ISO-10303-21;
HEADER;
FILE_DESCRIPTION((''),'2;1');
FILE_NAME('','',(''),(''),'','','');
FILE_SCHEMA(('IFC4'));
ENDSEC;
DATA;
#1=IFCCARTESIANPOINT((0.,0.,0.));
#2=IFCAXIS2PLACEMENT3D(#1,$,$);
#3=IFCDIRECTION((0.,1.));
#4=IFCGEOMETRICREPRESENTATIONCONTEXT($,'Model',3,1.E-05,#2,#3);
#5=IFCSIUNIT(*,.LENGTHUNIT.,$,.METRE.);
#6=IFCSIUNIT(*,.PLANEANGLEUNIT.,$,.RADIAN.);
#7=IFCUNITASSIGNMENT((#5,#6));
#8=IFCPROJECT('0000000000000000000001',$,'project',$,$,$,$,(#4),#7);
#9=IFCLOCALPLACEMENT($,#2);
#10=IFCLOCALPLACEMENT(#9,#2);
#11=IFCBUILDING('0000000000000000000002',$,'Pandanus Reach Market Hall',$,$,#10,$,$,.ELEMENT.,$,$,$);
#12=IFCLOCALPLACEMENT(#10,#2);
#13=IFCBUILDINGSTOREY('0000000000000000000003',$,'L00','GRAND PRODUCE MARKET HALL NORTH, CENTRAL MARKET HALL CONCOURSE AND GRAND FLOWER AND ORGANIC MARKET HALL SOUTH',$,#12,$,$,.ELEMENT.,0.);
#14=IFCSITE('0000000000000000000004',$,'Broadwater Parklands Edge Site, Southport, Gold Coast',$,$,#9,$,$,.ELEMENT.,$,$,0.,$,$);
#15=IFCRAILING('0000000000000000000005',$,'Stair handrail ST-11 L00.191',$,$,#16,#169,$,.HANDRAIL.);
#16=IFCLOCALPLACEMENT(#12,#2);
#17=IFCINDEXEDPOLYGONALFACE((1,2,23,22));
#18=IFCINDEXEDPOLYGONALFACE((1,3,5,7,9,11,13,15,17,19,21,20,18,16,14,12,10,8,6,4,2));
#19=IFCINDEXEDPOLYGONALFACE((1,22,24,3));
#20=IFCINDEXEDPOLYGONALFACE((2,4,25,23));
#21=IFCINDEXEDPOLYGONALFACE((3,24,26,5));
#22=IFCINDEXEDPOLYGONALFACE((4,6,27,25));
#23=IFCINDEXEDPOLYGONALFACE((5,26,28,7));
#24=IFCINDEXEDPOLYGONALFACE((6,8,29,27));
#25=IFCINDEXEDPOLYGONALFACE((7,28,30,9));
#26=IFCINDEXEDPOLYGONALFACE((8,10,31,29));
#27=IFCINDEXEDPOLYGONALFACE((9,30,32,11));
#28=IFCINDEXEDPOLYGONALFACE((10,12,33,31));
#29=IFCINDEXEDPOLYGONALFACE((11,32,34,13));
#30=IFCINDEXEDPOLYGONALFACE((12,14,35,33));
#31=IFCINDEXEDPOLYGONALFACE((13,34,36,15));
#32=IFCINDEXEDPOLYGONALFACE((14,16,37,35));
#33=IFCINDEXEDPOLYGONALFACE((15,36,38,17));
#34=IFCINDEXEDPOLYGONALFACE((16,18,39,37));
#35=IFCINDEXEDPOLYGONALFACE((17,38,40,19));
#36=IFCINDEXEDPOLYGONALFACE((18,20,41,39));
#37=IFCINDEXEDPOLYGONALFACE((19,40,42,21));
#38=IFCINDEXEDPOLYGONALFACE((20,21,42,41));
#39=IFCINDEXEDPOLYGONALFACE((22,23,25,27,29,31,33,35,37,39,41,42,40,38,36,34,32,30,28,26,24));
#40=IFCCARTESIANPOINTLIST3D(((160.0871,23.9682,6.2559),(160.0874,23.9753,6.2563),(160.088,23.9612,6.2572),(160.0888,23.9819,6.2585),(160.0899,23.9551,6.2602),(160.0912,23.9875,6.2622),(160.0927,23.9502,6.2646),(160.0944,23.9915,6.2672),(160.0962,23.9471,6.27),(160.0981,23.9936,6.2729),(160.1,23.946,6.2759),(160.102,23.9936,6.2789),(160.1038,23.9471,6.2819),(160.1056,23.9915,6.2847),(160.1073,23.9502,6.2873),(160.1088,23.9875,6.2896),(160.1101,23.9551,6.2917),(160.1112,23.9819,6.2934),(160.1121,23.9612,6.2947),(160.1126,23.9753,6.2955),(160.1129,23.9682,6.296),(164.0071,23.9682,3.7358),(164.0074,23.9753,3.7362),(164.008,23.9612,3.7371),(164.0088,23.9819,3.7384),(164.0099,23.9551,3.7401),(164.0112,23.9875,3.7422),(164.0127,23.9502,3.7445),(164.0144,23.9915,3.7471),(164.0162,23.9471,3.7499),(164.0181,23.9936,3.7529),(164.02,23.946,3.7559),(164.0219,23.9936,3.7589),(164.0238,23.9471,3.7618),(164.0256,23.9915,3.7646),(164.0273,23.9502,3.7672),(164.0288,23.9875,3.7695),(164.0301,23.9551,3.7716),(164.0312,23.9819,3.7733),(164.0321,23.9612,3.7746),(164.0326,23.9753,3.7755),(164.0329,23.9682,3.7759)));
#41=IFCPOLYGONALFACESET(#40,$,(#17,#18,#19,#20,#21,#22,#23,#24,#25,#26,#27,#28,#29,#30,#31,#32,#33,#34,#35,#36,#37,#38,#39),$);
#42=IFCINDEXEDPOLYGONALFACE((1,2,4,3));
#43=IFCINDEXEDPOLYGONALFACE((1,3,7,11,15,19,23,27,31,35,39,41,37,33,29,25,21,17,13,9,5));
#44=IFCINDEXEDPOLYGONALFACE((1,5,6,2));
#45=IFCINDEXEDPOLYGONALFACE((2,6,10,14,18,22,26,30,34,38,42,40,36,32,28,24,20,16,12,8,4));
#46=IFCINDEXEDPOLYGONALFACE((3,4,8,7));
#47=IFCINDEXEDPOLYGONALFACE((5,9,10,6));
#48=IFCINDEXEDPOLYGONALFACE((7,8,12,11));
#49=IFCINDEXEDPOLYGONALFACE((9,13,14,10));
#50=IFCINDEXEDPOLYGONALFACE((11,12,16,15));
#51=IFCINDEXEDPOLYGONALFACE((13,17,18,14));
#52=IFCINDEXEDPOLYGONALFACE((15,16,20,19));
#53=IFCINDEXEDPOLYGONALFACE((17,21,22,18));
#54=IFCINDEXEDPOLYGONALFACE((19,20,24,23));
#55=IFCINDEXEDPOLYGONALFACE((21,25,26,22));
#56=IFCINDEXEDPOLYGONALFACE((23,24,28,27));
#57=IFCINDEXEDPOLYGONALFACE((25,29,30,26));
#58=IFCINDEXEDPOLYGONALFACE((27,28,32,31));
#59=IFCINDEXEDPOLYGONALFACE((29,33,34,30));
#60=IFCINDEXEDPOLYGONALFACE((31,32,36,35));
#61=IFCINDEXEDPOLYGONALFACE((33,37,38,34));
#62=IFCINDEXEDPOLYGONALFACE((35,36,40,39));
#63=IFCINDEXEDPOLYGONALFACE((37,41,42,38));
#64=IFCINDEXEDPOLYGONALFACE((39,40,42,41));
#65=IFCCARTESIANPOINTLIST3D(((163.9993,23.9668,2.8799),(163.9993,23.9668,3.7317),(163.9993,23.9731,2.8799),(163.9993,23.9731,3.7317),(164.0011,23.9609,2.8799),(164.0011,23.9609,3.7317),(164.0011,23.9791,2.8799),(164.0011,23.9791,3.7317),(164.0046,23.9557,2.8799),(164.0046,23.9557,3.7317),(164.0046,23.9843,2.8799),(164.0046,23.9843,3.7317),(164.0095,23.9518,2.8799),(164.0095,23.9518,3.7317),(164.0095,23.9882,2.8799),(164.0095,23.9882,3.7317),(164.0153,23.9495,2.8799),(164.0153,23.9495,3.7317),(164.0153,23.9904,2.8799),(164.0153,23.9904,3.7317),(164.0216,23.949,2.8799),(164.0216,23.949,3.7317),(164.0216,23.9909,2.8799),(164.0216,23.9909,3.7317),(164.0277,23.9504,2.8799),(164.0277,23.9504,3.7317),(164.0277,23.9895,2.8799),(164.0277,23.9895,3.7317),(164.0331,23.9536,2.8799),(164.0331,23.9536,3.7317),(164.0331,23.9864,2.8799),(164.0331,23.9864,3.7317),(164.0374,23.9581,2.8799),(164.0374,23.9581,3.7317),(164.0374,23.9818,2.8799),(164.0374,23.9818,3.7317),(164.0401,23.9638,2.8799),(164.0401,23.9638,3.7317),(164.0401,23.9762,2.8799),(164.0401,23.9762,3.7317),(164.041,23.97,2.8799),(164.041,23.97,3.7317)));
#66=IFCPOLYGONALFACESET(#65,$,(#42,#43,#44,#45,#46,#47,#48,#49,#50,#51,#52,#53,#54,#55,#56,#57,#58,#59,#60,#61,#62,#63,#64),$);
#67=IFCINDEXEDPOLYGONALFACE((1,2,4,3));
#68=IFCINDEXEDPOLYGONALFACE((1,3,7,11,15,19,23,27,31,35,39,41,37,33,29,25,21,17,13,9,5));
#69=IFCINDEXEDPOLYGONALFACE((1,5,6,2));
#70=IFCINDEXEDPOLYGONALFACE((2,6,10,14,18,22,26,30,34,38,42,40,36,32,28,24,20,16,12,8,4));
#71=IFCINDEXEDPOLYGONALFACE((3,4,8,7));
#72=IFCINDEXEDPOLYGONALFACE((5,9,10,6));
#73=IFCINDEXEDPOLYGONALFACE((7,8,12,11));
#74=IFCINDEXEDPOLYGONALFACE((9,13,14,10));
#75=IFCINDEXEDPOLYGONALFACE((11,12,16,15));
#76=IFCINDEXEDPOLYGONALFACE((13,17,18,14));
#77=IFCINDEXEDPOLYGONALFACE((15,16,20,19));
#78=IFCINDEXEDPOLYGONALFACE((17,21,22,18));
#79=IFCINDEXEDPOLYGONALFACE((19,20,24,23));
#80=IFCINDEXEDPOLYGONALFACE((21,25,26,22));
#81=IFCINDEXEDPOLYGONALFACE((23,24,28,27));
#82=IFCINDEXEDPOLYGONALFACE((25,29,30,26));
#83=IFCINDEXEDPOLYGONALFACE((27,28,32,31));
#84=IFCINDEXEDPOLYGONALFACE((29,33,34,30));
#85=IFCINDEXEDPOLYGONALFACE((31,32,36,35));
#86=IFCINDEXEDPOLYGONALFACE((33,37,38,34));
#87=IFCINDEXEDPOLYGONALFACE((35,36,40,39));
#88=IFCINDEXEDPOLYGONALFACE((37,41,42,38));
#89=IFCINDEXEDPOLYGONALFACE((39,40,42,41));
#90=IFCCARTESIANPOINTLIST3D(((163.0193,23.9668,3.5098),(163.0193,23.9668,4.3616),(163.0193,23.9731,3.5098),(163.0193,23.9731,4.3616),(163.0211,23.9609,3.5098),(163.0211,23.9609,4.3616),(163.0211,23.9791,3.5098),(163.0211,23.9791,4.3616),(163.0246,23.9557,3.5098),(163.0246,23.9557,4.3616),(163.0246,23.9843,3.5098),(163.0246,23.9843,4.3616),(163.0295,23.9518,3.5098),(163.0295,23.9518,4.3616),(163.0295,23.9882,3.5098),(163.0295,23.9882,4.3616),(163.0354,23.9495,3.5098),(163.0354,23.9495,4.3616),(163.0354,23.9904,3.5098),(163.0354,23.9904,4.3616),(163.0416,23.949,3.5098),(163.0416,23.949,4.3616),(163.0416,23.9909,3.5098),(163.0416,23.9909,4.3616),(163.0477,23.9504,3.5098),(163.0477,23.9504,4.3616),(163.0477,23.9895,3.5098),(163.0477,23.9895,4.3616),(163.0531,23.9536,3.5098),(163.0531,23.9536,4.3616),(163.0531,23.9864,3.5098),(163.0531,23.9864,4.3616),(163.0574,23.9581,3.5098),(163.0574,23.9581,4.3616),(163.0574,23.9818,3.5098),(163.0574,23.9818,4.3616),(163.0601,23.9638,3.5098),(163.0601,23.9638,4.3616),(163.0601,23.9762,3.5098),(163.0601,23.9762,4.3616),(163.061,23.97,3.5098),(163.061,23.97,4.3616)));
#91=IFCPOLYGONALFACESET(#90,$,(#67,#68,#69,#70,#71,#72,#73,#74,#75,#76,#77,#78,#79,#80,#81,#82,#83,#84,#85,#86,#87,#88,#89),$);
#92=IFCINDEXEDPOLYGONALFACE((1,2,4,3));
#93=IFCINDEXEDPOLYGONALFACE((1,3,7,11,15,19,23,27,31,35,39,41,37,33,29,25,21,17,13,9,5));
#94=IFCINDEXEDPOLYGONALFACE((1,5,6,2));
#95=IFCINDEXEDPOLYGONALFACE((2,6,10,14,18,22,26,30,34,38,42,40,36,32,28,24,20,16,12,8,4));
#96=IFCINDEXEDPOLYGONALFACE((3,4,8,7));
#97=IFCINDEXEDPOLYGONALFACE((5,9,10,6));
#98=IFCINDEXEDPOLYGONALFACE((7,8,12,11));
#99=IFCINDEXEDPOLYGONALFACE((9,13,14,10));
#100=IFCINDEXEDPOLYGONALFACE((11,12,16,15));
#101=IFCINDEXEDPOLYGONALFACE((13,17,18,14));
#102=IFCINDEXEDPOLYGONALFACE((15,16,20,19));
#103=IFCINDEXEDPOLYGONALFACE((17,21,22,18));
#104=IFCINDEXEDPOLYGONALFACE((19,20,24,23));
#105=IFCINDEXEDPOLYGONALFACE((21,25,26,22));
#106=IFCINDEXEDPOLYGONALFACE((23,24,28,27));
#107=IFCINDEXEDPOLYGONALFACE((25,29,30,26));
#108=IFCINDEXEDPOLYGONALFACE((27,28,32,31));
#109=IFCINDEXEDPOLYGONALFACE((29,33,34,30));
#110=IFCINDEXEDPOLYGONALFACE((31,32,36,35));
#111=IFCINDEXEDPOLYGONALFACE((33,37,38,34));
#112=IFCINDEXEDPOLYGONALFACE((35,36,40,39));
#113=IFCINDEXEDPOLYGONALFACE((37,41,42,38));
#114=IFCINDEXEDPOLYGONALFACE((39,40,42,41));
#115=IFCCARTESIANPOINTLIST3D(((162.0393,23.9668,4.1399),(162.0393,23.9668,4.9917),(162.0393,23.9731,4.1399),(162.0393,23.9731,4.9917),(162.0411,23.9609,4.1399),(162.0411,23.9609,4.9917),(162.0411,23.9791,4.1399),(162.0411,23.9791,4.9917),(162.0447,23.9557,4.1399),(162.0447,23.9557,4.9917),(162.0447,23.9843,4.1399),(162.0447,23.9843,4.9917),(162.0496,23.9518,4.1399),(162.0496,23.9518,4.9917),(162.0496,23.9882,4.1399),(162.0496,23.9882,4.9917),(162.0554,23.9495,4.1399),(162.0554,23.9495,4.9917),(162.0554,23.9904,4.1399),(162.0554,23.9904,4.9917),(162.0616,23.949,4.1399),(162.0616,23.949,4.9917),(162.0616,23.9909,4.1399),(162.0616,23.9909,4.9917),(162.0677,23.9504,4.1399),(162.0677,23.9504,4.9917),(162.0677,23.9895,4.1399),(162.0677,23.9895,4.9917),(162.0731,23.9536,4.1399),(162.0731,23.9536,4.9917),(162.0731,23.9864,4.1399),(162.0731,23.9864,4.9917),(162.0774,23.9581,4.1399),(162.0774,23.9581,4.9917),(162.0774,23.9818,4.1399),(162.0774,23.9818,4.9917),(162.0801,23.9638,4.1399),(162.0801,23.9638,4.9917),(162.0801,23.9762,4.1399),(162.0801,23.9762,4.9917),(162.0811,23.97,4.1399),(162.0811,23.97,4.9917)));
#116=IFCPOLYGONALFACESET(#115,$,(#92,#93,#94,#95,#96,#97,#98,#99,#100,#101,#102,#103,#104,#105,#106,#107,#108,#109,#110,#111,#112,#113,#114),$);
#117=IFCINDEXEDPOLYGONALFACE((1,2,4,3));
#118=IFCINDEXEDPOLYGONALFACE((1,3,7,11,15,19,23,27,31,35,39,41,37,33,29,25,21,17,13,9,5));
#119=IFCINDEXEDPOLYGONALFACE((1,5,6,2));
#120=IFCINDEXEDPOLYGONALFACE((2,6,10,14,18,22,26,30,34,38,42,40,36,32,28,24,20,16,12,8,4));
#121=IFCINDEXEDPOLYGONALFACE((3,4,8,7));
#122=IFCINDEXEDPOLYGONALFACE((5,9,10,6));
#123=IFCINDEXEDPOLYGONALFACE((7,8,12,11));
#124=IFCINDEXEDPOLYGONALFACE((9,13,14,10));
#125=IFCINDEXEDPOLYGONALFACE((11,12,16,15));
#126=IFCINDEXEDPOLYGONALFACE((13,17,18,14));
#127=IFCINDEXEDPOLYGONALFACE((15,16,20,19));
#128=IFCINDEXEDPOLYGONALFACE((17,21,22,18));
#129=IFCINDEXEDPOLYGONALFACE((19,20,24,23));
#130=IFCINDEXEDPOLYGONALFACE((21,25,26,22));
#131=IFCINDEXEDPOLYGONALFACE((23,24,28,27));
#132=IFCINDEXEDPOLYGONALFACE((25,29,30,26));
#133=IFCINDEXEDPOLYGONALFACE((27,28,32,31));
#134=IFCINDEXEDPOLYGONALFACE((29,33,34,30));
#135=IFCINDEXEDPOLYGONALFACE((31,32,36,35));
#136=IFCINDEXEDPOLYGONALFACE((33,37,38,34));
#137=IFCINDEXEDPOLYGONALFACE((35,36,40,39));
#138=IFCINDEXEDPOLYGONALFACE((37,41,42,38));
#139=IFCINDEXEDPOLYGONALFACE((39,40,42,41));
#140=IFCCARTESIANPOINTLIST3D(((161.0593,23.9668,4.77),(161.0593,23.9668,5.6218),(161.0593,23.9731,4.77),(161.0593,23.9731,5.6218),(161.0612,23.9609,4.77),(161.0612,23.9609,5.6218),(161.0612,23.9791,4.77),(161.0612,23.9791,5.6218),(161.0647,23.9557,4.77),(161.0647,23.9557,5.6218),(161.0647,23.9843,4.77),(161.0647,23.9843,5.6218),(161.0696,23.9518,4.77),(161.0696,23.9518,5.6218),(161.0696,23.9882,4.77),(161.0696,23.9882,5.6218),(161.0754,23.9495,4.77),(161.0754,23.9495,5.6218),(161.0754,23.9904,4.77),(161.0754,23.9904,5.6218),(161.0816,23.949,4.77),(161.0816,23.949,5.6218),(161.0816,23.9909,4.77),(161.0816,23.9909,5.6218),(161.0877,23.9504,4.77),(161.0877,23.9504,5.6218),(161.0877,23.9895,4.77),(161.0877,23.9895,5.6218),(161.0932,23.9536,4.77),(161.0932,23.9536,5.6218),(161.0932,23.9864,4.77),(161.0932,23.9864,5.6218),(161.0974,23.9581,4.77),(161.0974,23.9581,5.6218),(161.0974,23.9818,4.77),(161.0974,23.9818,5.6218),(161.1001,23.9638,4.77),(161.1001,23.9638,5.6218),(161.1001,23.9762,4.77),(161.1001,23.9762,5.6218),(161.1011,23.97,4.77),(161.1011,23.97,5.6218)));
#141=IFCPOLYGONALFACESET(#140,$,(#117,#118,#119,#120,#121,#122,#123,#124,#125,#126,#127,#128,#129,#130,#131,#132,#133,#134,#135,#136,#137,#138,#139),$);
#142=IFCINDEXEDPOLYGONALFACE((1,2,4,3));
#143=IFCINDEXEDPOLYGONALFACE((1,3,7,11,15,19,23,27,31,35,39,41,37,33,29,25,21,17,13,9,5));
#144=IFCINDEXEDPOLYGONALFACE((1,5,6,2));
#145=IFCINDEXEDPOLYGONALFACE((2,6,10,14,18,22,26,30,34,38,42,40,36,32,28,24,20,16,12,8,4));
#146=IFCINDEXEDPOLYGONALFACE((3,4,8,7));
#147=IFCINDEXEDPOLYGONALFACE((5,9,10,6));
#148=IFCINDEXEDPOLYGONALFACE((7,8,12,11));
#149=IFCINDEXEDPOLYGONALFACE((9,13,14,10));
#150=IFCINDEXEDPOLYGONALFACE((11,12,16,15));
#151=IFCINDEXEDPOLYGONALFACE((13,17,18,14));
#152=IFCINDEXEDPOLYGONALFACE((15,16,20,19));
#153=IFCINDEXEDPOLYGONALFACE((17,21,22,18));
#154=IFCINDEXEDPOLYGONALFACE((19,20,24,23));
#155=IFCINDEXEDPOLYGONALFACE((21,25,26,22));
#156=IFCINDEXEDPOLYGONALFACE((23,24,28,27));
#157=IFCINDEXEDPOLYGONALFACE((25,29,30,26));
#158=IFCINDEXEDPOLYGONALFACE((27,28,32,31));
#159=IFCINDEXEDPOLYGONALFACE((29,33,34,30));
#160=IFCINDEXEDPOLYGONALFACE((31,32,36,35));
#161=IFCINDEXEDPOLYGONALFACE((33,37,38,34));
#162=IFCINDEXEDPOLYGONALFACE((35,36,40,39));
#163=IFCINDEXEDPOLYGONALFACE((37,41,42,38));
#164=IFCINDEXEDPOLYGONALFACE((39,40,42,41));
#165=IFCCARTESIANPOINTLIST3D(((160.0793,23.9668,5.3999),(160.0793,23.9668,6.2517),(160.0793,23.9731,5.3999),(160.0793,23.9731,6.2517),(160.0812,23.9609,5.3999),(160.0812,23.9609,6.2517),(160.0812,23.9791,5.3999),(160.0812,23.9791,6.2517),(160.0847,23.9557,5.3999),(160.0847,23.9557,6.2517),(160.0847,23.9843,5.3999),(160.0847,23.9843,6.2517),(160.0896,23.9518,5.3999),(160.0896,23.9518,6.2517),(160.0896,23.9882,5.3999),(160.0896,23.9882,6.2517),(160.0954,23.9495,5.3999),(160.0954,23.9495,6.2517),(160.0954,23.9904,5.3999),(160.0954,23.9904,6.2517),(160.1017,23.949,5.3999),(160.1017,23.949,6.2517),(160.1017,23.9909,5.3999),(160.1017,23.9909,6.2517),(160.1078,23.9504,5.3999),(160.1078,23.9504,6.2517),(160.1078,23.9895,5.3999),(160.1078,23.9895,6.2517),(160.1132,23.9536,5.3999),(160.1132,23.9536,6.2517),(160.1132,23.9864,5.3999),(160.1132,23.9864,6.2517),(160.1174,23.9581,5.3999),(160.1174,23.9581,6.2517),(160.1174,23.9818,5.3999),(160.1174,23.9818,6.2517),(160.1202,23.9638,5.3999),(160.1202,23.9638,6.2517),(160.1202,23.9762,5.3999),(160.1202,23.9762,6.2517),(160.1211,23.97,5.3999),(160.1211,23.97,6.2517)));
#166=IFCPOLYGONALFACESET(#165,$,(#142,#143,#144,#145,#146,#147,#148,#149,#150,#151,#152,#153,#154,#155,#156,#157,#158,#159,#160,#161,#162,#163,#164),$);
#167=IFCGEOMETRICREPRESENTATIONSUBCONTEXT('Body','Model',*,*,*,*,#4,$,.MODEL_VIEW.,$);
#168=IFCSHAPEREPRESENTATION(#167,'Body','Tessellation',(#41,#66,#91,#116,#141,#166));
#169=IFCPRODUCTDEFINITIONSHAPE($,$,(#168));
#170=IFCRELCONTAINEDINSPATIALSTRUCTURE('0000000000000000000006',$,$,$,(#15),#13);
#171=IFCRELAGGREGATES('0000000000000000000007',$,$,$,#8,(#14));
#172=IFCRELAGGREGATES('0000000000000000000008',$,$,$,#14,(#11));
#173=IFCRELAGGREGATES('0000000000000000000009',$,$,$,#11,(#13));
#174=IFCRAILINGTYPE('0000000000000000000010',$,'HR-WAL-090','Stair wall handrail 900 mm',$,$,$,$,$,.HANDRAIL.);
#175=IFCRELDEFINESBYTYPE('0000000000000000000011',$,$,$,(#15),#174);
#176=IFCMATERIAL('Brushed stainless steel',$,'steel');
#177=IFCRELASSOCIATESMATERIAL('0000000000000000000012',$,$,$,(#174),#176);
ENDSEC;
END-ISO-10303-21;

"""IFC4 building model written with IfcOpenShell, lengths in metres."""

from ifc_helpers import new_model, si_unit, direction, frame, origin, origin_2d, place, context, subcontext, project, spatial, circle, extrude, material, type_object, element, save


model = new_model("IFC4")

# Units and contexts
model_context = context("Model", 3, precision=1e-05, world=origin(), true_north=direction((0.0, 1.0)))
body_context = subcontext(model_context, "Body", "Model", "MODEL_VIEW")
ifc_project = project(units=[si_unit("LENGTHUNIT", "METRE"), si_unit("PLANEANGLEUNIT", "RADIAN")], contexts=[model_context])

# Site, building, storey
site_placement = place(None, origin())
site = spatial("IfcSite", under=ifc_project, at=site_placement, Name="Broadwater Parklands Edge Site, Southport, Gold Coast", CompositionType="ELEMENT", RefElevation=0.0)
building_placement = place(site_placement, origin())
building = spatial("IfcBuilding", under=site, at=building_placement, Name="Pandanus Reach Market Hall", CompositionType="ELEMENT")
storey_placement = place(building_placement, origin())
storey = spatial("IfcBuildingStorey", under=building, at=storey_placement, Name="L00", Description="GRAND PRODUCE MARKET HALL NORTH, CENTRAL MARKET HALL CONCOURSE AND GRAND FLOWER AND ORGANIC MARKET HALL SOUTH", CompositionType="ELEMENT", Elevation=0.0)

# Railing
ifc_material_1 = material(Name="Brushed stainless steel", Category="steel")
railing_type_1 = type_object("IfcRailingType", Name="HR-WAL-090", Description="Stair wall handrail 900 mm", PredefinedType="HANDRAIL", material=ifc_material_1)
railing_1_placement = place(storey_placement, frame((164.02, 23.97, 2.8799)))
element("IfcRailing", 1, at=railing_1_placement, inside=storey, type_object=railing_type_1, Name="Stair handrail ST-11 L00.191", PredefinedType="HANDRAIL", context=body_context, shape_type="SweptSolid", body=[
    extrude(circle(Radius=0.0239, at=origin_2d()), frame((0.0, 0.0, 0.876), z_axis=(-0.841172, 0.0, 0.540768), x_axis=(0.0, -1.0, 0.0)), (0.0, 0.0, 1.0), 4.6602),
    extrude(circle(Radius=0.021, at=origin_2d()), origin(), (0.0, 0.0, 1.0), 0.8518),
    extrude(circle(Radius=0.021, at=origin_2d()), frame((-0.98, 0.0, 0.6299)), (0.0, 0.0, 1.0), 0.8518),
    extrude(circle(Radius=0.021, at=origin_2d()), frame((-1.96, 0.0, 1.26)), (0.0, 0.0, 1.0), 0.8518),
    extrude(circle(Radius=0.021, at=origin_2d()), frame((-2.9399, 0.0, 1.8901)), (0.0, 0.0, 1.0), 0.8518),
    extrude(circle(Radius=0.021, at=origin_2d()), frame((-3.9199, 0.0, 2.52)), (0.0, 0.0, 1.0), 0.8518),
])

save(model, "model.ifc")
